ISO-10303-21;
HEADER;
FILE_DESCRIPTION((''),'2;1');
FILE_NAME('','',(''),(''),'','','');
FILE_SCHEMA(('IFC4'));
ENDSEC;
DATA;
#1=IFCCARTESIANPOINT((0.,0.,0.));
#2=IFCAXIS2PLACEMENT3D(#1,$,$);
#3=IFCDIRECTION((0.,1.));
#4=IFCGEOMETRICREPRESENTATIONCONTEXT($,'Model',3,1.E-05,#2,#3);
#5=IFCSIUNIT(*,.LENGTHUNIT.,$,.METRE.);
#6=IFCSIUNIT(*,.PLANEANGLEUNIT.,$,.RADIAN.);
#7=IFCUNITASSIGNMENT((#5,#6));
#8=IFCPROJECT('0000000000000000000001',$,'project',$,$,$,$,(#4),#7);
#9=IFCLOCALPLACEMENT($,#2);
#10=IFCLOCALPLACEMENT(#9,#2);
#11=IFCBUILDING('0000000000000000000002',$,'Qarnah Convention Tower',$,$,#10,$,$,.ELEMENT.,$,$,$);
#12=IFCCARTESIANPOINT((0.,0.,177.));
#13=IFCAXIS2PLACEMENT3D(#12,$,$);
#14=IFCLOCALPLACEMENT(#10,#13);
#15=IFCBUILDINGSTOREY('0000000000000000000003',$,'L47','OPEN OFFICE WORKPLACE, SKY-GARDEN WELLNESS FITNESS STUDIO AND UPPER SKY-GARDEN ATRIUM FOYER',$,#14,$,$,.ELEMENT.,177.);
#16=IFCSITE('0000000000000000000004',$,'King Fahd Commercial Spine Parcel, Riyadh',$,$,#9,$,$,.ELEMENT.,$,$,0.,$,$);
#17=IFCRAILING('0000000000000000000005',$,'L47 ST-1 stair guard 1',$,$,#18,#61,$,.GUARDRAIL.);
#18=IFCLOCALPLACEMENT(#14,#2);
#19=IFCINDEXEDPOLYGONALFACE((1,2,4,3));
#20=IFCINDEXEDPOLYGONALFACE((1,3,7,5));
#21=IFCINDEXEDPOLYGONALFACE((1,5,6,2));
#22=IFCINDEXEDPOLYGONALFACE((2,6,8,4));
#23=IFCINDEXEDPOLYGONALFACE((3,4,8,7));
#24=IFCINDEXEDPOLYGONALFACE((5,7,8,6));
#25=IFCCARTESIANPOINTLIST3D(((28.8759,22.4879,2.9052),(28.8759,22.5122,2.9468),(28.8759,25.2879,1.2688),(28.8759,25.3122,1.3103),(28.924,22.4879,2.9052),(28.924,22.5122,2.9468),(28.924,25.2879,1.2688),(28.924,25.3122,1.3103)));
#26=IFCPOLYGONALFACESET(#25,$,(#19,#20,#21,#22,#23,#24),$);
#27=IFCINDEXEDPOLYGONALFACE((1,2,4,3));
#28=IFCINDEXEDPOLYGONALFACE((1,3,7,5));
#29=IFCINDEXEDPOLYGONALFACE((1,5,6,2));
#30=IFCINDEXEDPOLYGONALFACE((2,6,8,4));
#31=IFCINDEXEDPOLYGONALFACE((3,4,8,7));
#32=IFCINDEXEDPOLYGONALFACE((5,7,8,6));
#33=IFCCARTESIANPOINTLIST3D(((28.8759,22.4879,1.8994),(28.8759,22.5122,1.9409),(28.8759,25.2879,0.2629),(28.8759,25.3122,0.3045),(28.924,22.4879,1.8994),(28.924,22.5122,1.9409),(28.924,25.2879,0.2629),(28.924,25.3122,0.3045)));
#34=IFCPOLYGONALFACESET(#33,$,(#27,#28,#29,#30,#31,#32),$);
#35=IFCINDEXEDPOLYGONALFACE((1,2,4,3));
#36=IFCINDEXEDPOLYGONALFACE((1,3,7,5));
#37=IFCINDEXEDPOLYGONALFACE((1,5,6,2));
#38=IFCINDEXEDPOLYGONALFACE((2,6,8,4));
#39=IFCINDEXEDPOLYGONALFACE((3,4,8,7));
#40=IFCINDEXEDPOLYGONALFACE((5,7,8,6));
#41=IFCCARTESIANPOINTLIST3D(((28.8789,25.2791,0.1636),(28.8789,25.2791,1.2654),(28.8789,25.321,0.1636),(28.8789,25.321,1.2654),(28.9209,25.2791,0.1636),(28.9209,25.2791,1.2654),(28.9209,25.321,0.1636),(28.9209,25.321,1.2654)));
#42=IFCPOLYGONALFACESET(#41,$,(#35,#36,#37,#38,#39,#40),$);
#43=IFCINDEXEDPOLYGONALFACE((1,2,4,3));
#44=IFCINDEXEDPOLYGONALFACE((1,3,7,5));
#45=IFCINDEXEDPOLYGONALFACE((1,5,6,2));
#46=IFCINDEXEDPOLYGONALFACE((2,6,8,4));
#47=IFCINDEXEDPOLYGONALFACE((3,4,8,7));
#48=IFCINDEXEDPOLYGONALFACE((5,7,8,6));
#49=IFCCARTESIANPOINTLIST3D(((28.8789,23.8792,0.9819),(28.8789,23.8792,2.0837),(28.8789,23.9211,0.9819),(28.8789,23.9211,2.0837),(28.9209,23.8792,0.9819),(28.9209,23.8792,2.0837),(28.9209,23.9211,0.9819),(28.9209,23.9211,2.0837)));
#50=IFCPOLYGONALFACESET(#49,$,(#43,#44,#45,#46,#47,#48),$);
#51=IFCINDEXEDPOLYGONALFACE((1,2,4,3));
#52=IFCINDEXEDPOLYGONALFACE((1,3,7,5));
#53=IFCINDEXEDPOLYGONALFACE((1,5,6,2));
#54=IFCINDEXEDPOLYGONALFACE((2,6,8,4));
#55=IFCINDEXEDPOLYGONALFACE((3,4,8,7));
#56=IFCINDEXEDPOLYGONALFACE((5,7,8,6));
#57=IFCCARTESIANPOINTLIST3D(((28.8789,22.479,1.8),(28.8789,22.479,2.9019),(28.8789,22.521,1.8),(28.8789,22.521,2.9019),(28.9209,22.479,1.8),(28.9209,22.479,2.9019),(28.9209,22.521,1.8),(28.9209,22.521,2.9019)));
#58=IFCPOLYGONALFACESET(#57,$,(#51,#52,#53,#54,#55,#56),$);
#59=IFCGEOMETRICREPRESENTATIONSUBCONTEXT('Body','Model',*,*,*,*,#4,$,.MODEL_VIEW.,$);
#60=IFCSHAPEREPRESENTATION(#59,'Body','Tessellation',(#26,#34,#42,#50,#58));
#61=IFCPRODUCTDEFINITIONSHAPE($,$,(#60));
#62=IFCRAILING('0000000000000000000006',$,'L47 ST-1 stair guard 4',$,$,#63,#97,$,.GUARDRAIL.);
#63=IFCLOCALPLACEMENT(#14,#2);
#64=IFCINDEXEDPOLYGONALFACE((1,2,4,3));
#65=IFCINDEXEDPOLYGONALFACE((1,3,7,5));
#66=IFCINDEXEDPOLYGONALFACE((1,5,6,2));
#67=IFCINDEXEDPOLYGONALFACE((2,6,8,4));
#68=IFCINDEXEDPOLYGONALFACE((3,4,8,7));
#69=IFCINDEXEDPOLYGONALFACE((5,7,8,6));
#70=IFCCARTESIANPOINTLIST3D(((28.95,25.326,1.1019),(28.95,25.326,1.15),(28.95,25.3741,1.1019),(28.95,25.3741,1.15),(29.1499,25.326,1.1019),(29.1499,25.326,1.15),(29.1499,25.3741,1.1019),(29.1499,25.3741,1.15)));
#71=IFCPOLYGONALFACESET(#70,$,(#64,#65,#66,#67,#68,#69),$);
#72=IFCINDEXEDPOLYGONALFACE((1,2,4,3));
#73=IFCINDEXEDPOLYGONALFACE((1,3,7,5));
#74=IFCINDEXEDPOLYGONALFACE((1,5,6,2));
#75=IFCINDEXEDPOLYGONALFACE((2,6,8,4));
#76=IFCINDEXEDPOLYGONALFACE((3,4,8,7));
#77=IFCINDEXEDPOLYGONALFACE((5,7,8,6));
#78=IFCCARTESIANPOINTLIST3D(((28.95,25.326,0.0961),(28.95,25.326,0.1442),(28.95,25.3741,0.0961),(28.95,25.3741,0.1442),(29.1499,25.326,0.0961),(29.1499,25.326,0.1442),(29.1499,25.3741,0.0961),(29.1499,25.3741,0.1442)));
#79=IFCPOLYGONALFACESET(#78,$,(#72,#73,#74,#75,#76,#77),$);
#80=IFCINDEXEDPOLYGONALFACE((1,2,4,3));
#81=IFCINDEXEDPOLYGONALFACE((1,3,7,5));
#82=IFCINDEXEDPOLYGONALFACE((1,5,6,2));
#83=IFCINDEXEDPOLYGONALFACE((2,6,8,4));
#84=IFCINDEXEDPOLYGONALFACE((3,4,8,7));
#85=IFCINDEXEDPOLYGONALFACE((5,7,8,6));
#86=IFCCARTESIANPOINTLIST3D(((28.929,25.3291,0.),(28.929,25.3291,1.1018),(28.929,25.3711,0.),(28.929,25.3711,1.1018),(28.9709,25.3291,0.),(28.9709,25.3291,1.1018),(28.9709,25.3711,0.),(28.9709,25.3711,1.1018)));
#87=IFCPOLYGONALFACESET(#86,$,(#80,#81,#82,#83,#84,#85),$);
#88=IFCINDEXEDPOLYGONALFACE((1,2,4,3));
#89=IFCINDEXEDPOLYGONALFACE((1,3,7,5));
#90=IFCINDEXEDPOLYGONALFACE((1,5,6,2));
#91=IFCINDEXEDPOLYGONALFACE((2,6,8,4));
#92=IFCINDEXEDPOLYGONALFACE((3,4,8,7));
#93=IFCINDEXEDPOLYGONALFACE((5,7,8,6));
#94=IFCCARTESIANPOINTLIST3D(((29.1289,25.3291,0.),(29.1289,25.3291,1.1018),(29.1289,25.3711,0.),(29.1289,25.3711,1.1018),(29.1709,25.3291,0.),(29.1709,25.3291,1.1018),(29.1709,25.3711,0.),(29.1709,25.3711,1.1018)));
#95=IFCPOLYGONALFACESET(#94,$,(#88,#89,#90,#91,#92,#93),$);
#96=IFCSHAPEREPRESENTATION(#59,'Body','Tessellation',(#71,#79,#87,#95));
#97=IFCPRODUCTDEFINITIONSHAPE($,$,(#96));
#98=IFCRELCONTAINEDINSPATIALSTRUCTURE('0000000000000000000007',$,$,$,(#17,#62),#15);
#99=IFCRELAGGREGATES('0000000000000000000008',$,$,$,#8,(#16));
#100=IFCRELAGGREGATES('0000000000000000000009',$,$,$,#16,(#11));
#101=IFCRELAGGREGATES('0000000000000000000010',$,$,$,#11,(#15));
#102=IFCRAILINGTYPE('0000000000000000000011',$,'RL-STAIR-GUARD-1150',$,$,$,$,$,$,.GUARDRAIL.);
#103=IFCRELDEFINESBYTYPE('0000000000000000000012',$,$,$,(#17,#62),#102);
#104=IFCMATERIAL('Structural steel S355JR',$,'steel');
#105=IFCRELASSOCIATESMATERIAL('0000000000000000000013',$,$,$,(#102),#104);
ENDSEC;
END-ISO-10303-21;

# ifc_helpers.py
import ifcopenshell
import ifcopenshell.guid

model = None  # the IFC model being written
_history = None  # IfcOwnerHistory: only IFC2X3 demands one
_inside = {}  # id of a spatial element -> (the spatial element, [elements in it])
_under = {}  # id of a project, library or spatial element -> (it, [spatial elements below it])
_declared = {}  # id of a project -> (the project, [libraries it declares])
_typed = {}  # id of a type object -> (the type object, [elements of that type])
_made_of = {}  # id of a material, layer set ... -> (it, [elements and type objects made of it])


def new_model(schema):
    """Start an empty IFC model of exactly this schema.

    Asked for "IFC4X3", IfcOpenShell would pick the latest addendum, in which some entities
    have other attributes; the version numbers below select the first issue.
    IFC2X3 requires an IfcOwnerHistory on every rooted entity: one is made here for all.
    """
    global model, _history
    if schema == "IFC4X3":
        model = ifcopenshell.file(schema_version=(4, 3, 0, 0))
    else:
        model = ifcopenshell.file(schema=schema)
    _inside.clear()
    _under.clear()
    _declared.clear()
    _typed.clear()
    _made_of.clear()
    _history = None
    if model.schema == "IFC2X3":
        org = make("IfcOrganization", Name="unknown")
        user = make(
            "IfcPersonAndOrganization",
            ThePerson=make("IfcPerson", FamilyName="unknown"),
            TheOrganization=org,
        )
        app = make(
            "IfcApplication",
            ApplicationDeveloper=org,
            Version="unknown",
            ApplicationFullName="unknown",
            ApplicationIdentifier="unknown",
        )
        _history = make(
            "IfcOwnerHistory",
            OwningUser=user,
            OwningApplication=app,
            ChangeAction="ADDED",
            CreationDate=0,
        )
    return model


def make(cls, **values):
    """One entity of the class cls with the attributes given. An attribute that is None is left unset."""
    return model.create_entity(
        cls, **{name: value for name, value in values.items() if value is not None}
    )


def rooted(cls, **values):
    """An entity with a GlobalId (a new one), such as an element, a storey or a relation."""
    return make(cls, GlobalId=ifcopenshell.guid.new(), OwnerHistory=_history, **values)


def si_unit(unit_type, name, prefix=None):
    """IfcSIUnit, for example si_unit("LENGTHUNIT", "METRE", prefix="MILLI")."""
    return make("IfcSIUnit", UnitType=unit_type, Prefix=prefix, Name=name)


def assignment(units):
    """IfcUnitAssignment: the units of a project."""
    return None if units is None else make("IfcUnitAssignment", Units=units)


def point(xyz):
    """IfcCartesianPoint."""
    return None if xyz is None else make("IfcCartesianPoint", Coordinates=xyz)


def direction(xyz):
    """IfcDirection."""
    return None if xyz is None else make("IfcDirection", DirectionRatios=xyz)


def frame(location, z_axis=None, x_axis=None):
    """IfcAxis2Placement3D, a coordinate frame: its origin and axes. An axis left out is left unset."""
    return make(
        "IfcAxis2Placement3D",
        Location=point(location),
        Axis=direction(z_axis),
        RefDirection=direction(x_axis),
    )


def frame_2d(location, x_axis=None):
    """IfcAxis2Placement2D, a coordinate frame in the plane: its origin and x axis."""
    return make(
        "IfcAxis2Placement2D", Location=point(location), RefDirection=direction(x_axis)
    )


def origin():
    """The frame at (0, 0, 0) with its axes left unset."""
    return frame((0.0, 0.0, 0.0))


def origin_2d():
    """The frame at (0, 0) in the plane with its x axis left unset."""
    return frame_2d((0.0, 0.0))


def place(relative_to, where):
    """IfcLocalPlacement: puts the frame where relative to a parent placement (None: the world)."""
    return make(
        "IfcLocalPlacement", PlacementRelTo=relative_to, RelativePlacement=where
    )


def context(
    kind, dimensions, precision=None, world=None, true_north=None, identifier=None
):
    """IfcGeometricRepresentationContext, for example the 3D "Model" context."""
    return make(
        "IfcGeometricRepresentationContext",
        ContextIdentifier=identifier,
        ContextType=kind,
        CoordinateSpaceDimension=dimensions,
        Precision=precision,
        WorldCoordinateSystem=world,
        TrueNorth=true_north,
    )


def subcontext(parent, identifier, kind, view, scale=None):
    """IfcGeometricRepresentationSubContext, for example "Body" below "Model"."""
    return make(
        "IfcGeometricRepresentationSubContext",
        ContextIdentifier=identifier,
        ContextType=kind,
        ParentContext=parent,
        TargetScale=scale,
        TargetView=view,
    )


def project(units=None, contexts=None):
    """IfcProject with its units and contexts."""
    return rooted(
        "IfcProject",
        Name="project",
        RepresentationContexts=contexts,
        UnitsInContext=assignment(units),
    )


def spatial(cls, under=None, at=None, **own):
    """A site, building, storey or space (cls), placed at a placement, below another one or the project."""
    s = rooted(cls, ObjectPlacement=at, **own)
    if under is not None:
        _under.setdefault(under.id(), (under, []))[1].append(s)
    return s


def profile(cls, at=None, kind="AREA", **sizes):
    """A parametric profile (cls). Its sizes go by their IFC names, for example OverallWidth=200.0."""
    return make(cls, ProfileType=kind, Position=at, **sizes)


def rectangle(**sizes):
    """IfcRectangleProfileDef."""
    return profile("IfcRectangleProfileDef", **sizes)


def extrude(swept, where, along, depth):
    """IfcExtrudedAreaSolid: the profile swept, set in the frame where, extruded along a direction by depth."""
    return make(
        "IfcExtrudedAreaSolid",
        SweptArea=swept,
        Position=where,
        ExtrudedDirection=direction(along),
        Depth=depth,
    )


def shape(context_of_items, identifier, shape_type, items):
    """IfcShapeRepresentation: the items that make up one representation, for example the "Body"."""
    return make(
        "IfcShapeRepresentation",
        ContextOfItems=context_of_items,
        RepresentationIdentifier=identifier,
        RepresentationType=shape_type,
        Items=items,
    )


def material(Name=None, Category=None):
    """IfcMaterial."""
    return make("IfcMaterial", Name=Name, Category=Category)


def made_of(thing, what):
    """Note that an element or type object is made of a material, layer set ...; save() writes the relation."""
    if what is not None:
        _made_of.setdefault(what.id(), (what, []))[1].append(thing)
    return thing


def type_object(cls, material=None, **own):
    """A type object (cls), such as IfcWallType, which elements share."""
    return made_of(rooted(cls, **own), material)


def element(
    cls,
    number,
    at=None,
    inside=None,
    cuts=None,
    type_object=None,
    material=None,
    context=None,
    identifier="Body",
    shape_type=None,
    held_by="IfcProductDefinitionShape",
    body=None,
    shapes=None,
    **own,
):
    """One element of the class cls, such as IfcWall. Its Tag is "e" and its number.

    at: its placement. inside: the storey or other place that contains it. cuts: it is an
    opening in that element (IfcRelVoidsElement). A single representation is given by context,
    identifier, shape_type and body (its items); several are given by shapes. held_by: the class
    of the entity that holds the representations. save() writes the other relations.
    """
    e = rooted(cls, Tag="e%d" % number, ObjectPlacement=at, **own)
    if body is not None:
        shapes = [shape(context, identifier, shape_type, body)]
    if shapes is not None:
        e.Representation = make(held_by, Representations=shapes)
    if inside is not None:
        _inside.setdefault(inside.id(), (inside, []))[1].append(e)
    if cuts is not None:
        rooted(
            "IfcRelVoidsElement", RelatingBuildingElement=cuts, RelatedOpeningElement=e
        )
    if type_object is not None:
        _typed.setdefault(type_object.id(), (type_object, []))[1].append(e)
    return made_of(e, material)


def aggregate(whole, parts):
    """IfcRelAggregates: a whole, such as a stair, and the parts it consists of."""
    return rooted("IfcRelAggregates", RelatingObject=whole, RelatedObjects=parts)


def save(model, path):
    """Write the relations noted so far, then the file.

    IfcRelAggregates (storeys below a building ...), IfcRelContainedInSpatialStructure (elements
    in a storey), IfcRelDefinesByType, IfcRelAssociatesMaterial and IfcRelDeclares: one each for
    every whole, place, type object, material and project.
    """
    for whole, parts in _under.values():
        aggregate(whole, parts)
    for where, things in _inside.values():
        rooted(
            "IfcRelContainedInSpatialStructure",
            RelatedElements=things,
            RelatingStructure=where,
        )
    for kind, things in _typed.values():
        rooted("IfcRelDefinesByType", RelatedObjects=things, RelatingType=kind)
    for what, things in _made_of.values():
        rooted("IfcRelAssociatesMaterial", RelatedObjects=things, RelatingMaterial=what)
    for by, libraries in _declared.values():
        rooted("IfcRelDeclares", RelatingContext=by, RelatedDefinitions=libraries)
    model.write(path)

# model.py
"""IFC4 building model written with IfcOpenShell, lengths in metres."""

from ifc_helpers import new_model, si_unit, direction, frame, origin, origin_2d, place, context, subcontext, project, spatial, rectangle, extrude, material, type_object, element, save


model = new_model("IFC4")

# Units and contexts
model_context = context("Model", 3, precision=1e-05, world=origin(), true_north=direction((0.0, 1.0)))
body_context = subcontext(model_context, "Body", "Model", "MODEL_VIEW")
ifc_project = project(units=[si_unit("LENGTHUNIT", "METRE"), si_unit("PLANEANGLEUNIT", "RADIAN")], contexts=[model_context])

# Site, building, storey
site_placement = place(None, origin())
site = spatial("IfcSite", under=ifc_project, at=site_placement, Name="King Fahd Commercial Spine Parcel, Riyadh", CompositionType="ELEMENT", RefElevation=0.0)
building_placement = place(site_placement, origin())
building = spatial("IfcBuilding", under=site, at=building_placement, Name="Qarnah Convention Tower", CompositionType="ELEMENT")
storey_placement = place(building_placement, frame((0.0, 0.0, 177.0)))
storey = spatial("IfcBuildingStorey", under=building, at=storey_placement, Name="L47", Description="OPEN OFFICE WORKPLACE, SKY-GARDEN WELLNESS FITNESS STUDIO AND UPPER SKY-GARDEN ATRIUM FOYER", CompositionType="ELEMENT", Elevation=177.0)

# Shared definitions
ifc_material_1 = material(Name="Structural steel S355JR", Category="steel")

# Railings
railing_type_1 = type_object("IfcRailingType", Name="RL-STAIR-GUARD-1150", PredefinedType="GUARDRAIL", material=ifc_material_1)
railing_1_placement = place(storey_placement, frame((28.8999, 25.3, 0.1636)))
element("IfcRailing", 1, at=railing_1_placement, inside=storey, type_object=railing_type_1, Name="L47 ST-1 stair guard 1", PredefinedType="GUARDRAIL", context=body_context, shape_type="SweptSolid", body=[
    extrude(rectangle(XDim=0.0481, YDim=0.0481, at=origin_2d()), frame((0.0, 0.0, 1.126), z_axis=(0.0, -0.863361, 0.504587), x_axis=(1.0, 0.0, 0.0)), (0.0, 0.0, 1.0), 3.2432),
    extrude(rectangle(XDim=0.0481, YDim=0.0481, at=origin_2d()), frame((0.0, 0.0, 0.1201), z_axis=(0.0, -0.863361, 0.504587), x_axis=(1.0, 0.0, 0.0)), (0.0, 0.0, 1.0), 3.2432),
    extrude(rectangle(XDim=0.042, YDim=0.042, at=origin_2d()), origin(), (0.0, 0.0, 1.0), 1.1018),
    extrude(rectangle(XDim=0.042, YDim=0.042, at=origin_2d()), frame((0.0, -1.3999, 0.8184)), (0.0, 0.0, 1.0), 1.1018),
    extrude(rectangle(XDim=0.042, YDim=0.042, at=origin_2d()), frame((0.0, -2.8, 1.6365)), (0.0, 0.0, 1.0), 1.1018),
])
railing_2_placement = place(storey_placement, frame((28.95, 25.3501, 0.0)))
element("IfcRailing", 2, at=railing_2_placement, inside=storey, type_object=railing_type_1, Name="L47 ST-1 stair guard 4", PredefinedType="GUARDRAIL", context=body_context, shape_type="SweptSolid", body=[
    extrude(rectangle(XDim=0.0481, YDim=0.0481, at=origin_2d()), frame((0.0, 0.0, 1.126), z_axis=(1.0, 0.0, 0.0), x_axis=(0.0, 1.0, 0.0)), (0.0, 0.0, 1.0), 0.2),
    extrude(rectangle(XDim=0.0481, YDim=0.0481, at=origin_2d()), frame((0.0, 0.0, 0.1201), z_axis=(1.0, 0.0, 0.0), x_axis=(0.0, 1.0, 0.0)), (0.0, 0.0, 1.0), 0.2),
    extrude(rectangle(XDim=0.042, YDim=0.042, at=origin_2d()), origin(), (0.0, 0.0, 1.0), 1.1018),
    extrude(rectangle(XDim=0.042, YDim=0.042, at=origin_2d()), frame((0.2, 0.0, 0.0)), (0.0, 0.0, 1.0), 1.1018),
])

save(model, "model.ifc")
